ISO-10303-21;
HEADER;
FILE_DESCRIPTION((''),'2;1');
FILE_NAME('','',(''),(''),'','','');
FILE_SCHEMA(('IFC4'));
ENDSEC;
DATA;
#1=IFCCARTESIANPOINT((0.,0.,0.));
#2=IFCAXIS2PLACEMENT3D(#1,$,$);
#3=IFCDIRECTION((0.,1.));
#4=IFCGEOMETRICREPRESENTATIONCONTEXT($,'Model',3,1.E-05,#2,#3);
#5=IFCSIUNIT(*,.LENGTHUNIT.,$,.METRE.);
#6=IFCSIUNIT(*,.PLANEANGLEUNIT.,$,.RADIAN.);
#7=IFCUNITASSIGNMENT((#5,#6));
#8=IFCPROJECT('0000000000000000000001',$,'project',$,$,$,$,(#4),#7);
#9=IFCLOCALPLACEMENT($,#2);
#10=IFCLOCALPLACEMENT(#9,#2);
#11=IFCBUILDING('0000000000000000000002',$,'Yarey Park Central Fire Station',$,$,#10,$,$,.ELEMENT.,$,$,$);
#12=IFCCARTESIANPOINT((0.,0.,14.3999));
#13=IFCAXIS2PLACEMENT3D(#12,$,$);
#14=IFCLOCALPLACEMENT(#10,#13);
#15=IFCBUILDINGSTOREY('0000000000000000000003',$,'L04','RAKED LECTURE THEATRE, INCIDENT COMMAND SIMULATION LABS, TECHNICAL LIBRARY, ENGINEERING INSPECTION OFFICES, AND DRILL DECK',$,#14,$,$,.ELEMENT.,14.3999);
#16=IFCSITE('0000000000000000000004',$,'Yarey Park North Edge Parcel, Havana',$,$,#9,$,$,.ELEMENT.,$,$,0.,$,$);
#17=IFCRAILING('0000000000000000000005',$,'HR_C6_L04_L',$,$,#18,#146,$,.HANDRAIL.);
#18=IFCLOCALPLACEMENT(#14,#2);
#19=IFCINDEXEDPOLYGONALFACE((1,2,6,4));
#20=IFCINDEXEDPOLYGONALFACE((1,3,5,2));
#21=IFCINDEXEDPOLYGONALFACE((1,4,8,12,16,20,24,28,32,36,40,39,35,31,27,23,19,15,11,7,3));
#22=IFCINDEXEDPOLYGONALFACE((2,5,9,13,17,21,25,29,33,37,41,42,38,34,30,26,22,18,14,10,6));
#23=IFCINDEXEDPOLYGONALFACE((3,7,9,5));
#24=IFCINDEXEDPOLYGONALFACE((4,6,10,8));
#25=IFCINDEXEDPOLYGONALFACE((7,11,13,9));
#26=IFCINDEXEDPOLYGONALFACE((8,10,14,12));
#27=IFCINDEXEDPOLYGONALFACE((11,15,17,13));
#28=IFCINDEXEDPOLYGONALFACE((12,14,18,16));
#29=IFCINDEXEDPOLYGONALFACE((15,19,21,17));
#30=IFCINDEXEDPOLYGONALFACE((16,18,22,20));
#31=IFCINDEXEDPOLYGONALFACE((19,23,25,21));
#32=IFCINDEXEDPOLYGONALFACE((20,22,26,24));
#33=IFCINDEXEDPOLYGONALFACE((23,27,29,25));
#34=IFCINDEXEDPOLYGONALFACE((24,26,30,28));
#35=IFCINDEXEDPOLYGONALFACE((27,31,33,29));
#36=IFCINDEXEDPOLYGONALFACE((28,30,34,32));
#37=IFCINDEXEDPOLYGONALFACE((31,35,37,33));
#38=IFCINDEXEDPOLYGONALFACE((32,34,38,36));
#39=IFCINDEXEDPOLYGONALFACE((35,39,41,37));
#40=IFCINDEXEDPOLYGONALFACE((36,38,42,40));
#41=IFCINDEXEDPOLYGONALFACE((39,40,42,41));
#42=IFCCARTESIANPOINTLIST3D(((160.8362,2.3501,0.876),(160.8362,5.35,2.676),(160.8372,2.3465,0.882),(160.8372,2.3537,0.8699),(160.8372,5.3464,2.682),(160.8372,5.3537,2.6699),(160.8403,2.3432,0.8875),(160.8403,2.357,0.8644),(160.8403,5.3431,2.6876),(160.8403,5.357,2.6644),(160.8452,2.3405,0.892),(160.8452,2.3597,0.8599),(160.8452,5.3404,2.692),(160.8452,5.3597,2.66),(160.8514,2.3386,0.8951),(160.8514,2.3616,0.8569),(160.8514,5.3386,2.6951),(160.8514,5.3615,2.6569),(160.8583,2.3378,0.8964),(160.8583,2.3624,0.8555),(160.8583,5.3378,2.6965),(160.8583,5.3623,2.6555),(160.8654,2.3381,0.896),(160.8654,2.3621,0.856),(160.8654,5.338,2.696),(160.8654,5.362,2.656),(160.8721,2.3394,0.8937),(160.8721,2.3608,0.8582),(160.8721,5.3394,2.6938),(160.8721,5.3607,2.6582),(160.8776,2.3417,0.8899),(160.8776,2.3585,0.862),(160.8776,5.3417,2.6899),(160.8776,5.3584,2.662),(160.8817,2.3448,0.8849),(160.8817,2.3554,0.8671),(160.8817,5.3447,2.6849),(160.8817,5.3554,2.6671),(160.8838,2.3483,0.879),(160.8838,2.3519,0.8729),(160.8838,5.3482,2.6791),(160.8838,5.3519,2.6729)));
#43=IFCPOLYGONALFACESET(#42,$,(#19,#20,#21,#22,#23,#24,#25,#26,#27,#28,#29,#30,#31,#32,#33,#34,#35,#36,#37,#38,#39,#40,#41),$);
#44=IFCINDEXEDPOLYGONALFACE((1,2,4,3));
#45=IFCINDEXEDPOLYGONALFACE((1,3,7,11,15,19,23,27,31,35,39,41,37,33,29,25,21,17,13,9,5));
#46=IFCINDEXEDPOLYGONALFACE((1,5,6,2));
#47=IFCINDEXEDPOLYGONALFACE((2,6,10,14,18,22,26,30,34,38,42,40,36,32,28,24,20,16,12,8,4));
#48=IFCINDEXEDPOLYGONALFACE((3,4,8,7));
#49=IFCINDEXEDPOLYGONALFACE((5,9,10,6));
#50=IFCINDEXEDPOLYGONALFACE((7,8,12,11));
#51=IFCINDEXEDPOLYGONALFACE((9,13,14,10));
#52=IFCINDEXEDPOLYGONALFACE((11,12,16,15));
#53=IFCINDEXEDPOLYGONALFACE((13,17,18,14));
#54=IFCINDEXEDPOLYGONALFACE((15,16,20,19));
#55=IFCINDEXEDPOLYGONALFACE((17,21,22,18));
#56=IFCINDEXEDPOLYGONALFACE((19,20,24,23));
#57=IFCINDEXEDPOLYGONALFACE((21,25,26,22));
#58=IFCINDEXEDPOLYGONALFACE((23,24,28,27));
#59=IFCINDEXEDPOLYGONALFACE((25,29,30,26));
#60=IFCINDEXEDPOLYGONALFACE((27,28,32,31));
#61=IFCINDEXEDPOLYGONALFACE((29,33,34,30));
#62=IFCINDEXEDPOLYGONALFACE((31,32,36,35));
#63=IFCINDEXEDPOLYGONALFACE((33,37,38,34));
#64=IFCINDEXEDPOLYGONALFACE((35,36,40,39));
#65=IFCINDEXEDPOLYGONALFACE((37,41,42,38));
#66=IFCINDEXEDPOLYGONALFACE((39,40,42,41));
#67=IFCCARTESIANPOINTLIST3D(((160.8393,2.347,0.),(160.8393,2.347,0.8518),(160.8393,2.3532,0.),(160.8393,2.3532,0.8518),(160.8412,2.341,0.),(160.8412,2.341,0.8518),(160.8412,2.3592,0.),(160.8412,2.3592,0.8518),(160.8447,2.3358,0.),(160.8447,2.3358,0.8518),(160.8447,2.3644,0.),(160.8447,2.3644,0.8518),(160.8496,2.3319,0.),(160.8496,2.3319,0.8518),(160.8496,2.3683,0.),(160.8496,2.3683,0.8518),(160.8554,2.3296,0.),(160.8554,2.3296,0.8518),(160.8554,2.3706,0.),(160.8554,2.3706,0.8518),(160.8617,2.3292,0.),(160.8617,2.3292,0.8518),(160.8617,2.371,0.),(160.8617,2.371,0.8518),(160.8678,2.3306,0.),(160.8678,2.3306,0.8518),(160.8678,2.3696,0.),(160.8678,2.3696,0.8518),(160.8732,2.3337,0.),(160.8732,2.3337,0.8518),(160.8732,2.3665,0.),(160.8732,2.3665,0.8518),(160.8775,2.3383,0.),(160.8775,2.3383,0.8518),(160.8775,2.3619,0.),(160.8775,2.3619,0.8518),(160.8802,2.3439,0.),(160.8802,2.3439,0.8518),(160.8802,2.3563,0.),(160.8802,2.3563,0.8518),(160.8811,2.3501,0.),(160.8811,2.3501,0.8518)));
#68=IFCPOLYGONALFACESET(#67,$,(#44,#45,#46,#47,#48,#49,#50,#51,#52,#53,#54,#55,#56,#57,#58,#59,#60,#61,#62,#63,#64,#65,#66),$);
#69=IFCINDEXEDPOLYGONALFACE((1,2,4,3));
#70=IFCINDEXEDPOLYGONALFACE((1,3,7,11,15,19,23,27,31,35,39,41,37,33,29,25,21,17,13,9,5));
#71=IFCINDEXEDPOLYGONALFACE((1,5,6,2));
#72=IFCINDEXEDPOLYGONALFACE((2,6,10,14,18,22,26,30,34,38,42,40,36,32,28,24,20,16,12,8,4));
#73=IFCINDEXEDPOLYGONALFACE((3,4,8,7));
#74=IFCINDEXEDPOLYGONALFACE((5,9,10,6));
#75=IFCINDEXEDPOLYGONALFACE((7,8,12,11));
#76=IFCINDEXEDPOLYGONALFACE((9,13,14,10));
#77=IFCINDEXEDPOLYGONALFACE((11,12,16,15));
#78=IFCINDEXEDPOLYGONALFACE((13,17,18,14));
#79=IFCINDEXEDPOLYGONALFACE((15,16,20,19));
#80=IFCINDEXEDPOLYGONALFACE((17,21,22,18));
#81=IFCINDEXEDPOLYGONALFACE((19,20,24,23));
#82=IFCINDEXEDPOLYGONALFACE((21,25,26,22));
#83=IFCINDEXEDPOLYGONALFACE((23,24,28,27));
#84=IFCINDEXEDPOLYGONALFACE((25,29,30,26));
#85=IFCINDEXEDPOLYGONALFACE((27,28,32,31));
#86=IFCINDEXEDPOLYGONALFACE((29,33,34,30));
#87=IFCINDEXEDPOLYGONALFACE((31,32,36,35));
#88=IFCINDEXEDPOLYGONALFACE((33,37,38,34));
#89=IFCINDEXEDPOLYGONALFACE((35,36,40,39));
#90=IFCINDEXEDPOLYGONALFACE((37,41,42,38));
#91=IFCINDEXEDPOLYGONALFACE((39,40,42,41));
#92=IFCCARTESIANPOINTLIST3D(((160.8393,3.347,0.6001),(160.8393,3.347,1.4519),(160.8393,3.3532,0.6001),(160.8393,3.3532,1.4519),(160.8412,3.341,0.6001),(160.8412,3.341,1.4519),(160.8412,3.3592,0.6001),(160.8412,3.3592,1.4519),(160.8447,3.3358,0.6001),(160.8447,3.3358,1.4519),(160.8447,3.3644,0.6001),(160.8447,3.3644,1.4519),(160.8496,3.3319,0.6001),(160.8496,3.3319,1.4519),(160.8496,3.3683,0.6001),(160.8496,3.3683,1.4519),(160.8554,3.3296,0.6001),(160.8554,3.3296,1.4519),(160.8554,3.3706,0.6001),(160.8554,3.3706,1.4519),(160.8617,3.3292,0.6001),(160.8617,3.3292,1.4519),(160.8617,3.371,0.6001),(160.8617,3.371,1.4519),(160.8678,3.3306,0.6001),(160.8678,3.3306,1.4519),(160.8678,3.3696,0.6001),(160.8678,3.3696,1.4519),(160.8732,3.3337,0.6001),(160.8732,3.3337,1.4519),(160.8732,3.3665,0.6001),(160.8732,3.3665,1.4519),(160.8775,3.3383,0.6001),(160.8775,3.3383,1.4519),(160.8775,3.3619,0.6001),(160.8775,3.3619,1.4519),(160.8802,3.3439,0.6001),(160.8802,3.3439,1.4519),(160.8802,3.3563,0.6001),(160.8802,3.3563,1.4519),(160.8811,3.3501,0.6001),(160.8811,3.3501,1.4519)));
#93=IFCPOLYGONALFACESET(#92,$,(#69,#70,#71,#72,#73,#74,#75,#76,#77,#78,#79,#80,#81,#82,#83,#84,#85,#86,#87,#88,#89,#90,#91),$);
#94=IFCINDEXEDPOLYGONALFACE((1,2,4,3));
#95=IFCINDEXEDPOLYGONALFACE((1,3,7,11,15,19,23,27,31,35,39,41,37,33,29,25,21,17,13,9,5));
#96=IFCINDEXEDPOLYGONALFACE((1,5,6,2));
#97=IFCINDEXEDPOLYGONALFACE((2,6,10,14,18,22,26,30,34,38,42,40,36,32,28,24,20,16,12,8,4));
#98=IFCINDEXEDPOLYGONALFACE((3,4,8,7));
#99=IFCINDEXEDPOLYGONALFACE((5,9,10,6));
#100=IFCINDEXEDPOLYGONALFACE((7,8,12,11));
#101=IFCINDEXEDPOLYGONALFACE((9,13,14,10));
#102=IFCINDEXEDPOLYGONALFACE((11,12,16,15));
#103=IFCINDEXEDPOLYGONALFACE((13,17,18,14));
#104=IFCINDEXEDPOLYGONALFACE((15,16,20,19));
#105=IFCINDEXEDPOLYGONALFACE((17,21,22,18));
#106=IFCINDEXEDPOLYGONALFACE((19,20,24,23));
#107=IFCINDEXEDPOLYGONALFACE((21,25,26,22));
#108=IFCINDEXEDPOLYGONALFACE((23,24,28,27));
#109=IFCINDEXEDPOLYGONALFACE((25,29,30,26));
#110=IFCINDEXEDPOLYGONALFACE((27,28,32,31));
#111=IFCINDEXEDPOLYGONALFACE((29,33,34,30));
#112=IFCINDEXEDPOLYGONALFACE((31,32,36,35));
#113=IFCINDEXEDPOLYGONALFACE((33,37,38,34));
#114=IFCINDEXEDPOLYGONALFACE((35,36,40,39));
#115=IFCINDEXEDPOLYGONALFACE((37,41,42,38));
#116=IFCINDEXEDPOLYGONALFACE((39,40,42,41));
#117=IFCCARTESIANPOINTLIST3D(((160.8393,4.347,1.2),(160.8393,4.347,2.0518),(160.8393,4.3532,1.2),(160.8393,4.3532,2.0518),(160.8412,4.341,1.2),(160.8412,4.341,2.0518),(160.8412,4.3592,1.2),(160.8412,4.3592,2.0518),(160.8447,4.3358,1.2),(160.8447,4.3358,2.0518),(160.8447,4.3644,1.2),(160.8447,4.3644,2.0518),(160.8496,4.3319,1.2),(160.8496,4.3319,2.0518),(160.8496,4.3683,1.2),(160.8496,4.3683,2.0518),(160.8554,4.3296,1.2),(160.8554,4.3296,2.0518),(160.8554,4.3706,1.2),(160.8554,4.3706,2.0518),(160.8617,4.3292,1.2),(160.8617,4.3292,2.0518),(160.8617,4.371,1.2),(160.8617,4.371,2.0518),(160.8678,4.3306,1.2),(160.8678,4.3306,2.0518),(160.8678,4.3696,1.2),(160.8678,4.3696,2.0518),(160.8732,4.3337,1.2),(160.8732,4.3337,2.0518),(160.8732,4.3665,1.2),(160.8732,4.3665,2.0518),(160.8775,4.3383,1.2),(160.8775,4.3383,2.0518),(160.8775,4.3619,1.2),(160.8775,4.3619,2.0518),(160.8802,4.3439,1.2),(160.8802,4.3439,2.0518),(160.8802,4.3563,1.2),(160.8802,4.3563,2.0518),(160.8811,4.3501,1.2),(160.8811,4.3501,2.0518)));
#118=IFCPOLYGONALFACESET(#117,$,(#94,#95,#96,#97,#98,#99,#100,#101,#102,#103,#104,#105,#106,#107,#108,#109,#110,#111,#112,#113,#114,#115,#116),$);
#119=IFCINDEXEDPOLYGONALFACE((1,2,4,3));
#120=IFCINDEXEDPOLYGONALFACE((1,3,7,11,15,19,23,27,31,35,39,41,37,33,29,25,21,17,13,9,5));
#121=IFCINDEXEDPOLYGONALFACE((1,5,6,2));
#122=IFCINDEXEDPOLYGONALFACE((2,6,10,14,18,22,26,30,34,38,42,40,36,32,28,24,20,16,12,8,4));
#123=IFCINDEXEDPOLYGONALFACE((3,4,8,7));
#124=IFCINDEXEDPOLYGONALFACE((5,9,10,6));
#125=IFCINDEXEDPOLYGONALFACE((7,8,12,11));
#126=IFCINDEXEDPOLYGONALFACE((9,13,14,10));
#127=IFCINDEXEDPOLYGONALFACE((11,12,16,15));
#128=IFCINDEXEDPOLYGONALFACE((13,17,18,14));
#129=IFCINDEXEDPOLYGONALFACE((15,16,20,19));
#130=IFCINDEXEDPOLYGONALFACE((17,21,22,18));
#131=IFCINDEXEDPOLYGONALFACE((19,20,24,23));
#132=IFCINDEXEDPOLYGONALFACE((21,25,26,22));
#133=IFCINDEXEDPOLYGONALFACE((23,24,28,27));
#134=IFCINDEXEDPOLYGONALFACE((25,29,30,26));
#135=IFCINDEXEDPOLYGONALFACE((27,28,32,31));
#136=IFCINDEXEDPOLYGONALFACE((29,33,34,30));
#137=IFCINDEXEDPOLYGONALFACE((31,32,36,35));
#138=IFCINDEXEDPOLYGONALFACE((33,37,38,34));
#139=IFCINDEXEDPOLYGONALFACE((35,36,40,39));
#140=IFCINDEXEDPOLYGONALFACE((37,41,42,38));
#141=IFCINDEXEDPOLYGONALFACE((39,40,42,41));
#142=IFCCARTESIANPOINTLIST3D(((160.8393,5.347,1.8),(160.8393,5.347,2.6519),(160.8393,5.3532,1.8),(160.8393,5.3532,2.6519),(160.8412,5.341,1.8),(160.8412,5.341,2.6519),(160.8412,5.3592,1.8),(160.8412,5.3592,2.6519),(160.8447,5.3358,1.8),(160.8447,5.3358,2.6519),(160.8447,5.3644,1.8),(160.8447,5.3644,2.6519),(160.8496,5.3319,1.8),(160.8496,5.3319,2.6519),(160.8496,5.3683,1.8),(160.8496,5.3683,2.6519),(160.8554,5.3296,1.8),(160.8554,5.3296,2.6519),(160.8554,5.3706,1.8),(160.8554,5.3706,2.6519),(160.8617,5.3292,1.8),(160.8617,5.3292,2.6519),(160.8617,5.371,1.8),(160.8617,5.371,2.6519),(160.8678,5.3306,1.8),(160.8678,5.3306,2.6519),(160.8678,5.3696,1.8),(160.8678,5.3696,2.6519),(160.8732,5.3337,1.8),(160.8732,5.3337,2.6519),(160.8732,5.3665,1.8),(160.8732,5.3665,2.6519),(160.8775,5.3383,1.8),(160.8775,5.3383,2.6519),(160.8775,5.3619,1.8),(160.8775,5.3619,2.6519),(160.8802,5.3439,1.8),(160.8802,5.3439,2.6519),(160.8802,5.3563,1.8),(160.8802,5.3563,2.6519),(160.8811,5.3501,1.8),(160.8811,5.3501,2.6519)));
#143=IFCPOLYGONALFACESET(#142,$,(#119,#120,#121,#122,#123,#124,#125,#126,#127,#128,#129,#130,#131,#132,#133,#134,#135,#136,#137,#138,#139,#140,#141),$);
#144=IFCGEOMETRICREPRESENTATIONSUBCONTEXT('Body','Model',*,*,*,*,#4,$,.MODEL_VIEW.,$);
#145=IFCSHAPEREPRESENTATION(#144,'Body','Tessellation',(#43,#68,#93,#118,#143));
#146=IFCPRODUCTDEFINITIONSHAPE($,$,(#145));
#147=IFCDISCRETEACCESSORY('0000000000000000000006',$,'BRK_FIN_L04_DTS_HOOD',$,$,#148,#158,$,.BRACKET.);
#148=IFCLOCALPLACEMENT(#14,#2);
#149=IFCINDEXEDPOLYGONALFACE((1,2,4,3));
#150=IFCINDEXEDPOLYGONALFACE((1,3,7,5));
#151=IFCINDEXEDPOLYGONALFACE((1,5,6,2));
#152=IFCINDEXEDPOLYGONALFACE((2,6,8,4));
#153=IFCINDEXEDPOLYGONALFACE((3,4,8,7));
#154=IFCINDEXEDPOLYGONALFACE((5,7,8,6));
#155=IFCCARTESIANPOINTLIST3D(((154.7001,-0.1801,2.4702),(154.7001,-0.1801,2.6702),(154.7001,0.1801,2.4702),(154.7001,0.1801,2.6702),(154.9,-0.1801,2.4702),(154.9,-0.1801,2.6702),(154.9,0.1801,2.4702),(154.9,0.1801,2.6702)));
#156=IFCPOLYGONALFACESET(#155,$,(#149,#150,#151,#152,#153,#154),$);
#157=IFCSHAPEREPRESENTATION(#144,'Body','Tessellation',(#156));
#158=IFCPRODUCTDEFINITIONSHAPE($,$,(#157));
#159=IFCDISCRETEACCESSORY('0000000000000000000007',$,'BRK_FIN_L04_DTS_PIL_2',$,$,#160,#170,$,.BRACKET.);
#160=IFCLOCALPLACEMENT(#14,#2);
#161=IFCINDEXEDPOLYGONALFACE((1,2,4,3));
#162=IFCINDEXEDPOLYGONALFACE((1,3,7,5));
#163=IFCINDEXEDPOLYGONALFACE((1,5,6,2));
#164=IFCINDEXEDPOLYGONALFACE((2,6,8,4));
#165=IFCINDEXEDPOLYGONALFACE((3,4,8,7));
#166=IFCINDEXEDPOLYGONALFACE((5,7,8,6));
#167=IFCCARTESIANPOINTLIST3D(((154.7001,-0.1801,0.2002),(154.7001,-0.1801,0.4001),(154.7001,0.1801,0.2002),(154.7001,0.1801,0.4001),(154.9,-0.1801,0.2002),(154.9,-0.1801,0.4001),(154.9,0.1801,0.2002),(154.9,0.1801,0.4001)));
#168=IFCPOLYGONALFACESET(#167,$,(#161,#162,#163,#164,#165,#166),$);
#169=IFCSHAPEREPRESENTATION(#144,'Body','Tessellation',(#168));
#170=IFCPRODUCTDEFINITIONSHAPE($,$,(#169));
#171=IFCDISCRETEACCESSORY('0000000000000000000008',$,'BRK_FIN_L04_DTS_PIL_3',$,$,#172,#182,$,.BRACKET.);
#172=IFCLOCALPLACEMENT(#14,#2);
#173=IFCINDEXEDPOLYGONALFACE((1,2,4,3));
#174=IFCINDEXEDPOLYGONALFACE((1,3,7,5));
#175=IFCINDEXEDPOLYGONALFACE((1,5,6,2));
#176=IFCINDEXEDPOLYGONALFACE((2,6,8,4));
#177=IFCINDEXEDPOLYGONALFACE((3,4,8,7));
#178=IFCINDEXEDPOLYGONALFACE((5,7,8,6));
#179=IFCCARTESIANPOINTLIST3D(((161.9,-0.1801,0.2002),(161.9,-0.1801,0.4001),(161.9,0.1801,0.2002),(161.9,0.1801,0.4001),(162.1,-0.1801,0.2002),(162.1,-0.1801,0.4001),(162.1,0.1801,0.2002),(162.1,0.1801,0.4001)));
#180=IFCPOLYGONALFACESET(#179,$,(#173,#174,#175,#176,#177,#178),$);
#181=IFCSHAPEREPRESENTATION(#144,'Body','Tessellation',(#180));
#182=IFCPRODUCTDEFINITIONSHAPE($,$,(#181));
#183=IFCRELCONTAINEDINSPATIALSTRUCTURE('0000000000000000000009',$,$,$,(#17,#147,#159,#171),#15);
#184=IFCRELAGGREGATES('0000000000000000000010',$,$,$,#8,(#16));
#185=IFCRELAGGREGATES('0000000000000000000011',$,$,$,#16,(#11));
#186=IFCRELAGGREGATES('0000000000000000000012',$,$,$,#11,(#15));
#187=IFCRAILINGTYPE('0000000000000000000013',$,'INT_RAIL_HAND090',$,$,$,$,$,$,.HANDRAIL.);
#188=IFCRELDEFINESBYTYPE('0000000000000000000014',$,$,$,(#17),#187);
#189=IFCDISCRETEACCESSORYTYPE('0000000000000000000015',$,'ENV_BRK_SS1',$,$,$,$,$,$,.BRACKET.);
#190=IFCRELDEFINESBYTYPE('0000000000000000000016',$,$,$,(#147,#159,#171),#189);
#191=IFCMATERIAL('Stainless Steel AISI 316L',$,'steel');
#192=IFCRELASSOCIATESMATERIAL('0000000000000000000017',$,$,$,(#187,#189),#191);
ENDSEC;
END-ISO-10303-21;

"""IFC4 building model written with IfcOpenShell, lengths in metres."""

from ifc_helpers import new_model, si_unit, direction, frame, origin, origin_2d, place, context, subcontext, project, spatial, rectangle, circle, extrude, material, type_object, element, save


model = new_model("IFC4")

# Units and contexts
model_context = context("Model", 3, precision=1e-05, world=origin(), true_north=direction((0.0, 1.0)))
body_context = subcontext(model_context, "Body", "Model", "MODEL_VIEW")
ifc_project = project(units=[si_unit("LENGTHUNIT", "METRE"), si_unit("PLANEANGLEUNIT", "RADIAN")], contexts=[model_context])

# Site, building, storey
site_placement = place(None, origin())
site = spatial("IfcSite", under=ifc_project, at=site_placement, Name="Yarey Park North Edge Parcel, Havana", CompositionType="ELEMENT", RefElevation=0.0)
building_placement = place(site_placement, origin())
building = spatial("IfcBuilding", under=site, at=building_placement, Name="Yarey Park Central Fire Station", CompositionType="ELEMENT")
storey_placement = place(building_placement, frame((0.0, 0.0, 14.3999)))
storey = spatial("IfcBuildingStorey", under=building, at=storey_placement, Name="L04", Description="RAKED LECTURE THEATRE, INCIDENT COMMAND SIMULATION LABS, TECHNICAL LIBRARY, ENGINEERING INSPECTION OFFICES, AND DRILL DECK", CompositionType="ELEMENT", Elevation=14.3999)

# Railing
ifc_material_1 = material(Name="Stainless Steel AISI 316L", Category="steel")
railing_type = type_object("IfcRailingType", Name="INT_RAIL_HAND090", PredefinedType="HANDRAIL", material=ifc_material_1)
railing_placement = place(storey_placement, frame((160.8601, 2.3501, 0.0)))
element("IfcRailing", 1, at=railing_placement, inside=storey, type_object=railing_type, Name="HR_C6_L04_L", PredefinedType="HANDRAIL", context=body_context, shape_type="SweptSolid", body=[
    extrude(circle(Radius=0.0239, at=origin_2d()), frame((0.0, 0.0, 0.876), z_axis=(0.0, 0.857487, 0.514506), x_axis=(-1.0, 0.0, 0.0)), (0.0, 0.0, 1.0), 3.4985),
    extrude(circle(Radius=0.021, at=origin_2d()), origin(), (0.0, 0.0, 1.0), 0.8518),
    extrude(circle(Radius=0.021, at=origin_2d()), frame((0.0, 1.0, 0.6001)), (0.0, 0.0, 1.0), 0.8518),
    extrude(circle(Radius=0.021, at=origin_2d()), frame((0.0, 2.0, 1.2)), (0.0, 0.0, 1.0), 0.8518),
    extrude(circle(Radius=0.021, at=origin_2d()), frame((0.0, 3.0, 1.8)), (0.0, 0.0, 1.0), 0.8518),
])

# Discrete accessories
discrete_accessory_type = type_object("IfcDiscreteAccessoryType", Name="ENV_BRK_SS1", PredefinedType="BRACKET", material=ifc_material_1)
for number, where, z_axis, x_axis, name in (
    (2, (154.8, 0.0, 2.4702), (0.0, 0.0, 1.0), (1.0, 0.0, 0.0), "BRK_FIN_L04_DTS_HOOD"),
    (3, (154.8, 0.0, 0.2002), (0.0, 0.0, 1.0), (1.0, 0.0, 0.0), "BRK_FIN_L04_DTS_PIL_2"),
    (4, (162.0, 0.0, 0.2002), (0.0, 0.0, 1.0), (1.0, 0.0, 0.0), "BRK_FIN_L04_DTS_PIL_3"),
):
    element("IfcDiscreteAccessory", number, at=place(storey_placement, frame(where, z_axis=z_axis, x_axis=x_axis)), inside=storey, type_object=discrete_accessory_type, Name=name, PredefinedType="BRACKET", context=body_context, shape_type="SweptSolid", body=[
        extrude(rectangle(XDim=0.2, YDim=0.3601, at=origin_2d()), origin(), (0.0, 0.0, 1.0), 0.2),
    ])

save(model, "model.ifc")
